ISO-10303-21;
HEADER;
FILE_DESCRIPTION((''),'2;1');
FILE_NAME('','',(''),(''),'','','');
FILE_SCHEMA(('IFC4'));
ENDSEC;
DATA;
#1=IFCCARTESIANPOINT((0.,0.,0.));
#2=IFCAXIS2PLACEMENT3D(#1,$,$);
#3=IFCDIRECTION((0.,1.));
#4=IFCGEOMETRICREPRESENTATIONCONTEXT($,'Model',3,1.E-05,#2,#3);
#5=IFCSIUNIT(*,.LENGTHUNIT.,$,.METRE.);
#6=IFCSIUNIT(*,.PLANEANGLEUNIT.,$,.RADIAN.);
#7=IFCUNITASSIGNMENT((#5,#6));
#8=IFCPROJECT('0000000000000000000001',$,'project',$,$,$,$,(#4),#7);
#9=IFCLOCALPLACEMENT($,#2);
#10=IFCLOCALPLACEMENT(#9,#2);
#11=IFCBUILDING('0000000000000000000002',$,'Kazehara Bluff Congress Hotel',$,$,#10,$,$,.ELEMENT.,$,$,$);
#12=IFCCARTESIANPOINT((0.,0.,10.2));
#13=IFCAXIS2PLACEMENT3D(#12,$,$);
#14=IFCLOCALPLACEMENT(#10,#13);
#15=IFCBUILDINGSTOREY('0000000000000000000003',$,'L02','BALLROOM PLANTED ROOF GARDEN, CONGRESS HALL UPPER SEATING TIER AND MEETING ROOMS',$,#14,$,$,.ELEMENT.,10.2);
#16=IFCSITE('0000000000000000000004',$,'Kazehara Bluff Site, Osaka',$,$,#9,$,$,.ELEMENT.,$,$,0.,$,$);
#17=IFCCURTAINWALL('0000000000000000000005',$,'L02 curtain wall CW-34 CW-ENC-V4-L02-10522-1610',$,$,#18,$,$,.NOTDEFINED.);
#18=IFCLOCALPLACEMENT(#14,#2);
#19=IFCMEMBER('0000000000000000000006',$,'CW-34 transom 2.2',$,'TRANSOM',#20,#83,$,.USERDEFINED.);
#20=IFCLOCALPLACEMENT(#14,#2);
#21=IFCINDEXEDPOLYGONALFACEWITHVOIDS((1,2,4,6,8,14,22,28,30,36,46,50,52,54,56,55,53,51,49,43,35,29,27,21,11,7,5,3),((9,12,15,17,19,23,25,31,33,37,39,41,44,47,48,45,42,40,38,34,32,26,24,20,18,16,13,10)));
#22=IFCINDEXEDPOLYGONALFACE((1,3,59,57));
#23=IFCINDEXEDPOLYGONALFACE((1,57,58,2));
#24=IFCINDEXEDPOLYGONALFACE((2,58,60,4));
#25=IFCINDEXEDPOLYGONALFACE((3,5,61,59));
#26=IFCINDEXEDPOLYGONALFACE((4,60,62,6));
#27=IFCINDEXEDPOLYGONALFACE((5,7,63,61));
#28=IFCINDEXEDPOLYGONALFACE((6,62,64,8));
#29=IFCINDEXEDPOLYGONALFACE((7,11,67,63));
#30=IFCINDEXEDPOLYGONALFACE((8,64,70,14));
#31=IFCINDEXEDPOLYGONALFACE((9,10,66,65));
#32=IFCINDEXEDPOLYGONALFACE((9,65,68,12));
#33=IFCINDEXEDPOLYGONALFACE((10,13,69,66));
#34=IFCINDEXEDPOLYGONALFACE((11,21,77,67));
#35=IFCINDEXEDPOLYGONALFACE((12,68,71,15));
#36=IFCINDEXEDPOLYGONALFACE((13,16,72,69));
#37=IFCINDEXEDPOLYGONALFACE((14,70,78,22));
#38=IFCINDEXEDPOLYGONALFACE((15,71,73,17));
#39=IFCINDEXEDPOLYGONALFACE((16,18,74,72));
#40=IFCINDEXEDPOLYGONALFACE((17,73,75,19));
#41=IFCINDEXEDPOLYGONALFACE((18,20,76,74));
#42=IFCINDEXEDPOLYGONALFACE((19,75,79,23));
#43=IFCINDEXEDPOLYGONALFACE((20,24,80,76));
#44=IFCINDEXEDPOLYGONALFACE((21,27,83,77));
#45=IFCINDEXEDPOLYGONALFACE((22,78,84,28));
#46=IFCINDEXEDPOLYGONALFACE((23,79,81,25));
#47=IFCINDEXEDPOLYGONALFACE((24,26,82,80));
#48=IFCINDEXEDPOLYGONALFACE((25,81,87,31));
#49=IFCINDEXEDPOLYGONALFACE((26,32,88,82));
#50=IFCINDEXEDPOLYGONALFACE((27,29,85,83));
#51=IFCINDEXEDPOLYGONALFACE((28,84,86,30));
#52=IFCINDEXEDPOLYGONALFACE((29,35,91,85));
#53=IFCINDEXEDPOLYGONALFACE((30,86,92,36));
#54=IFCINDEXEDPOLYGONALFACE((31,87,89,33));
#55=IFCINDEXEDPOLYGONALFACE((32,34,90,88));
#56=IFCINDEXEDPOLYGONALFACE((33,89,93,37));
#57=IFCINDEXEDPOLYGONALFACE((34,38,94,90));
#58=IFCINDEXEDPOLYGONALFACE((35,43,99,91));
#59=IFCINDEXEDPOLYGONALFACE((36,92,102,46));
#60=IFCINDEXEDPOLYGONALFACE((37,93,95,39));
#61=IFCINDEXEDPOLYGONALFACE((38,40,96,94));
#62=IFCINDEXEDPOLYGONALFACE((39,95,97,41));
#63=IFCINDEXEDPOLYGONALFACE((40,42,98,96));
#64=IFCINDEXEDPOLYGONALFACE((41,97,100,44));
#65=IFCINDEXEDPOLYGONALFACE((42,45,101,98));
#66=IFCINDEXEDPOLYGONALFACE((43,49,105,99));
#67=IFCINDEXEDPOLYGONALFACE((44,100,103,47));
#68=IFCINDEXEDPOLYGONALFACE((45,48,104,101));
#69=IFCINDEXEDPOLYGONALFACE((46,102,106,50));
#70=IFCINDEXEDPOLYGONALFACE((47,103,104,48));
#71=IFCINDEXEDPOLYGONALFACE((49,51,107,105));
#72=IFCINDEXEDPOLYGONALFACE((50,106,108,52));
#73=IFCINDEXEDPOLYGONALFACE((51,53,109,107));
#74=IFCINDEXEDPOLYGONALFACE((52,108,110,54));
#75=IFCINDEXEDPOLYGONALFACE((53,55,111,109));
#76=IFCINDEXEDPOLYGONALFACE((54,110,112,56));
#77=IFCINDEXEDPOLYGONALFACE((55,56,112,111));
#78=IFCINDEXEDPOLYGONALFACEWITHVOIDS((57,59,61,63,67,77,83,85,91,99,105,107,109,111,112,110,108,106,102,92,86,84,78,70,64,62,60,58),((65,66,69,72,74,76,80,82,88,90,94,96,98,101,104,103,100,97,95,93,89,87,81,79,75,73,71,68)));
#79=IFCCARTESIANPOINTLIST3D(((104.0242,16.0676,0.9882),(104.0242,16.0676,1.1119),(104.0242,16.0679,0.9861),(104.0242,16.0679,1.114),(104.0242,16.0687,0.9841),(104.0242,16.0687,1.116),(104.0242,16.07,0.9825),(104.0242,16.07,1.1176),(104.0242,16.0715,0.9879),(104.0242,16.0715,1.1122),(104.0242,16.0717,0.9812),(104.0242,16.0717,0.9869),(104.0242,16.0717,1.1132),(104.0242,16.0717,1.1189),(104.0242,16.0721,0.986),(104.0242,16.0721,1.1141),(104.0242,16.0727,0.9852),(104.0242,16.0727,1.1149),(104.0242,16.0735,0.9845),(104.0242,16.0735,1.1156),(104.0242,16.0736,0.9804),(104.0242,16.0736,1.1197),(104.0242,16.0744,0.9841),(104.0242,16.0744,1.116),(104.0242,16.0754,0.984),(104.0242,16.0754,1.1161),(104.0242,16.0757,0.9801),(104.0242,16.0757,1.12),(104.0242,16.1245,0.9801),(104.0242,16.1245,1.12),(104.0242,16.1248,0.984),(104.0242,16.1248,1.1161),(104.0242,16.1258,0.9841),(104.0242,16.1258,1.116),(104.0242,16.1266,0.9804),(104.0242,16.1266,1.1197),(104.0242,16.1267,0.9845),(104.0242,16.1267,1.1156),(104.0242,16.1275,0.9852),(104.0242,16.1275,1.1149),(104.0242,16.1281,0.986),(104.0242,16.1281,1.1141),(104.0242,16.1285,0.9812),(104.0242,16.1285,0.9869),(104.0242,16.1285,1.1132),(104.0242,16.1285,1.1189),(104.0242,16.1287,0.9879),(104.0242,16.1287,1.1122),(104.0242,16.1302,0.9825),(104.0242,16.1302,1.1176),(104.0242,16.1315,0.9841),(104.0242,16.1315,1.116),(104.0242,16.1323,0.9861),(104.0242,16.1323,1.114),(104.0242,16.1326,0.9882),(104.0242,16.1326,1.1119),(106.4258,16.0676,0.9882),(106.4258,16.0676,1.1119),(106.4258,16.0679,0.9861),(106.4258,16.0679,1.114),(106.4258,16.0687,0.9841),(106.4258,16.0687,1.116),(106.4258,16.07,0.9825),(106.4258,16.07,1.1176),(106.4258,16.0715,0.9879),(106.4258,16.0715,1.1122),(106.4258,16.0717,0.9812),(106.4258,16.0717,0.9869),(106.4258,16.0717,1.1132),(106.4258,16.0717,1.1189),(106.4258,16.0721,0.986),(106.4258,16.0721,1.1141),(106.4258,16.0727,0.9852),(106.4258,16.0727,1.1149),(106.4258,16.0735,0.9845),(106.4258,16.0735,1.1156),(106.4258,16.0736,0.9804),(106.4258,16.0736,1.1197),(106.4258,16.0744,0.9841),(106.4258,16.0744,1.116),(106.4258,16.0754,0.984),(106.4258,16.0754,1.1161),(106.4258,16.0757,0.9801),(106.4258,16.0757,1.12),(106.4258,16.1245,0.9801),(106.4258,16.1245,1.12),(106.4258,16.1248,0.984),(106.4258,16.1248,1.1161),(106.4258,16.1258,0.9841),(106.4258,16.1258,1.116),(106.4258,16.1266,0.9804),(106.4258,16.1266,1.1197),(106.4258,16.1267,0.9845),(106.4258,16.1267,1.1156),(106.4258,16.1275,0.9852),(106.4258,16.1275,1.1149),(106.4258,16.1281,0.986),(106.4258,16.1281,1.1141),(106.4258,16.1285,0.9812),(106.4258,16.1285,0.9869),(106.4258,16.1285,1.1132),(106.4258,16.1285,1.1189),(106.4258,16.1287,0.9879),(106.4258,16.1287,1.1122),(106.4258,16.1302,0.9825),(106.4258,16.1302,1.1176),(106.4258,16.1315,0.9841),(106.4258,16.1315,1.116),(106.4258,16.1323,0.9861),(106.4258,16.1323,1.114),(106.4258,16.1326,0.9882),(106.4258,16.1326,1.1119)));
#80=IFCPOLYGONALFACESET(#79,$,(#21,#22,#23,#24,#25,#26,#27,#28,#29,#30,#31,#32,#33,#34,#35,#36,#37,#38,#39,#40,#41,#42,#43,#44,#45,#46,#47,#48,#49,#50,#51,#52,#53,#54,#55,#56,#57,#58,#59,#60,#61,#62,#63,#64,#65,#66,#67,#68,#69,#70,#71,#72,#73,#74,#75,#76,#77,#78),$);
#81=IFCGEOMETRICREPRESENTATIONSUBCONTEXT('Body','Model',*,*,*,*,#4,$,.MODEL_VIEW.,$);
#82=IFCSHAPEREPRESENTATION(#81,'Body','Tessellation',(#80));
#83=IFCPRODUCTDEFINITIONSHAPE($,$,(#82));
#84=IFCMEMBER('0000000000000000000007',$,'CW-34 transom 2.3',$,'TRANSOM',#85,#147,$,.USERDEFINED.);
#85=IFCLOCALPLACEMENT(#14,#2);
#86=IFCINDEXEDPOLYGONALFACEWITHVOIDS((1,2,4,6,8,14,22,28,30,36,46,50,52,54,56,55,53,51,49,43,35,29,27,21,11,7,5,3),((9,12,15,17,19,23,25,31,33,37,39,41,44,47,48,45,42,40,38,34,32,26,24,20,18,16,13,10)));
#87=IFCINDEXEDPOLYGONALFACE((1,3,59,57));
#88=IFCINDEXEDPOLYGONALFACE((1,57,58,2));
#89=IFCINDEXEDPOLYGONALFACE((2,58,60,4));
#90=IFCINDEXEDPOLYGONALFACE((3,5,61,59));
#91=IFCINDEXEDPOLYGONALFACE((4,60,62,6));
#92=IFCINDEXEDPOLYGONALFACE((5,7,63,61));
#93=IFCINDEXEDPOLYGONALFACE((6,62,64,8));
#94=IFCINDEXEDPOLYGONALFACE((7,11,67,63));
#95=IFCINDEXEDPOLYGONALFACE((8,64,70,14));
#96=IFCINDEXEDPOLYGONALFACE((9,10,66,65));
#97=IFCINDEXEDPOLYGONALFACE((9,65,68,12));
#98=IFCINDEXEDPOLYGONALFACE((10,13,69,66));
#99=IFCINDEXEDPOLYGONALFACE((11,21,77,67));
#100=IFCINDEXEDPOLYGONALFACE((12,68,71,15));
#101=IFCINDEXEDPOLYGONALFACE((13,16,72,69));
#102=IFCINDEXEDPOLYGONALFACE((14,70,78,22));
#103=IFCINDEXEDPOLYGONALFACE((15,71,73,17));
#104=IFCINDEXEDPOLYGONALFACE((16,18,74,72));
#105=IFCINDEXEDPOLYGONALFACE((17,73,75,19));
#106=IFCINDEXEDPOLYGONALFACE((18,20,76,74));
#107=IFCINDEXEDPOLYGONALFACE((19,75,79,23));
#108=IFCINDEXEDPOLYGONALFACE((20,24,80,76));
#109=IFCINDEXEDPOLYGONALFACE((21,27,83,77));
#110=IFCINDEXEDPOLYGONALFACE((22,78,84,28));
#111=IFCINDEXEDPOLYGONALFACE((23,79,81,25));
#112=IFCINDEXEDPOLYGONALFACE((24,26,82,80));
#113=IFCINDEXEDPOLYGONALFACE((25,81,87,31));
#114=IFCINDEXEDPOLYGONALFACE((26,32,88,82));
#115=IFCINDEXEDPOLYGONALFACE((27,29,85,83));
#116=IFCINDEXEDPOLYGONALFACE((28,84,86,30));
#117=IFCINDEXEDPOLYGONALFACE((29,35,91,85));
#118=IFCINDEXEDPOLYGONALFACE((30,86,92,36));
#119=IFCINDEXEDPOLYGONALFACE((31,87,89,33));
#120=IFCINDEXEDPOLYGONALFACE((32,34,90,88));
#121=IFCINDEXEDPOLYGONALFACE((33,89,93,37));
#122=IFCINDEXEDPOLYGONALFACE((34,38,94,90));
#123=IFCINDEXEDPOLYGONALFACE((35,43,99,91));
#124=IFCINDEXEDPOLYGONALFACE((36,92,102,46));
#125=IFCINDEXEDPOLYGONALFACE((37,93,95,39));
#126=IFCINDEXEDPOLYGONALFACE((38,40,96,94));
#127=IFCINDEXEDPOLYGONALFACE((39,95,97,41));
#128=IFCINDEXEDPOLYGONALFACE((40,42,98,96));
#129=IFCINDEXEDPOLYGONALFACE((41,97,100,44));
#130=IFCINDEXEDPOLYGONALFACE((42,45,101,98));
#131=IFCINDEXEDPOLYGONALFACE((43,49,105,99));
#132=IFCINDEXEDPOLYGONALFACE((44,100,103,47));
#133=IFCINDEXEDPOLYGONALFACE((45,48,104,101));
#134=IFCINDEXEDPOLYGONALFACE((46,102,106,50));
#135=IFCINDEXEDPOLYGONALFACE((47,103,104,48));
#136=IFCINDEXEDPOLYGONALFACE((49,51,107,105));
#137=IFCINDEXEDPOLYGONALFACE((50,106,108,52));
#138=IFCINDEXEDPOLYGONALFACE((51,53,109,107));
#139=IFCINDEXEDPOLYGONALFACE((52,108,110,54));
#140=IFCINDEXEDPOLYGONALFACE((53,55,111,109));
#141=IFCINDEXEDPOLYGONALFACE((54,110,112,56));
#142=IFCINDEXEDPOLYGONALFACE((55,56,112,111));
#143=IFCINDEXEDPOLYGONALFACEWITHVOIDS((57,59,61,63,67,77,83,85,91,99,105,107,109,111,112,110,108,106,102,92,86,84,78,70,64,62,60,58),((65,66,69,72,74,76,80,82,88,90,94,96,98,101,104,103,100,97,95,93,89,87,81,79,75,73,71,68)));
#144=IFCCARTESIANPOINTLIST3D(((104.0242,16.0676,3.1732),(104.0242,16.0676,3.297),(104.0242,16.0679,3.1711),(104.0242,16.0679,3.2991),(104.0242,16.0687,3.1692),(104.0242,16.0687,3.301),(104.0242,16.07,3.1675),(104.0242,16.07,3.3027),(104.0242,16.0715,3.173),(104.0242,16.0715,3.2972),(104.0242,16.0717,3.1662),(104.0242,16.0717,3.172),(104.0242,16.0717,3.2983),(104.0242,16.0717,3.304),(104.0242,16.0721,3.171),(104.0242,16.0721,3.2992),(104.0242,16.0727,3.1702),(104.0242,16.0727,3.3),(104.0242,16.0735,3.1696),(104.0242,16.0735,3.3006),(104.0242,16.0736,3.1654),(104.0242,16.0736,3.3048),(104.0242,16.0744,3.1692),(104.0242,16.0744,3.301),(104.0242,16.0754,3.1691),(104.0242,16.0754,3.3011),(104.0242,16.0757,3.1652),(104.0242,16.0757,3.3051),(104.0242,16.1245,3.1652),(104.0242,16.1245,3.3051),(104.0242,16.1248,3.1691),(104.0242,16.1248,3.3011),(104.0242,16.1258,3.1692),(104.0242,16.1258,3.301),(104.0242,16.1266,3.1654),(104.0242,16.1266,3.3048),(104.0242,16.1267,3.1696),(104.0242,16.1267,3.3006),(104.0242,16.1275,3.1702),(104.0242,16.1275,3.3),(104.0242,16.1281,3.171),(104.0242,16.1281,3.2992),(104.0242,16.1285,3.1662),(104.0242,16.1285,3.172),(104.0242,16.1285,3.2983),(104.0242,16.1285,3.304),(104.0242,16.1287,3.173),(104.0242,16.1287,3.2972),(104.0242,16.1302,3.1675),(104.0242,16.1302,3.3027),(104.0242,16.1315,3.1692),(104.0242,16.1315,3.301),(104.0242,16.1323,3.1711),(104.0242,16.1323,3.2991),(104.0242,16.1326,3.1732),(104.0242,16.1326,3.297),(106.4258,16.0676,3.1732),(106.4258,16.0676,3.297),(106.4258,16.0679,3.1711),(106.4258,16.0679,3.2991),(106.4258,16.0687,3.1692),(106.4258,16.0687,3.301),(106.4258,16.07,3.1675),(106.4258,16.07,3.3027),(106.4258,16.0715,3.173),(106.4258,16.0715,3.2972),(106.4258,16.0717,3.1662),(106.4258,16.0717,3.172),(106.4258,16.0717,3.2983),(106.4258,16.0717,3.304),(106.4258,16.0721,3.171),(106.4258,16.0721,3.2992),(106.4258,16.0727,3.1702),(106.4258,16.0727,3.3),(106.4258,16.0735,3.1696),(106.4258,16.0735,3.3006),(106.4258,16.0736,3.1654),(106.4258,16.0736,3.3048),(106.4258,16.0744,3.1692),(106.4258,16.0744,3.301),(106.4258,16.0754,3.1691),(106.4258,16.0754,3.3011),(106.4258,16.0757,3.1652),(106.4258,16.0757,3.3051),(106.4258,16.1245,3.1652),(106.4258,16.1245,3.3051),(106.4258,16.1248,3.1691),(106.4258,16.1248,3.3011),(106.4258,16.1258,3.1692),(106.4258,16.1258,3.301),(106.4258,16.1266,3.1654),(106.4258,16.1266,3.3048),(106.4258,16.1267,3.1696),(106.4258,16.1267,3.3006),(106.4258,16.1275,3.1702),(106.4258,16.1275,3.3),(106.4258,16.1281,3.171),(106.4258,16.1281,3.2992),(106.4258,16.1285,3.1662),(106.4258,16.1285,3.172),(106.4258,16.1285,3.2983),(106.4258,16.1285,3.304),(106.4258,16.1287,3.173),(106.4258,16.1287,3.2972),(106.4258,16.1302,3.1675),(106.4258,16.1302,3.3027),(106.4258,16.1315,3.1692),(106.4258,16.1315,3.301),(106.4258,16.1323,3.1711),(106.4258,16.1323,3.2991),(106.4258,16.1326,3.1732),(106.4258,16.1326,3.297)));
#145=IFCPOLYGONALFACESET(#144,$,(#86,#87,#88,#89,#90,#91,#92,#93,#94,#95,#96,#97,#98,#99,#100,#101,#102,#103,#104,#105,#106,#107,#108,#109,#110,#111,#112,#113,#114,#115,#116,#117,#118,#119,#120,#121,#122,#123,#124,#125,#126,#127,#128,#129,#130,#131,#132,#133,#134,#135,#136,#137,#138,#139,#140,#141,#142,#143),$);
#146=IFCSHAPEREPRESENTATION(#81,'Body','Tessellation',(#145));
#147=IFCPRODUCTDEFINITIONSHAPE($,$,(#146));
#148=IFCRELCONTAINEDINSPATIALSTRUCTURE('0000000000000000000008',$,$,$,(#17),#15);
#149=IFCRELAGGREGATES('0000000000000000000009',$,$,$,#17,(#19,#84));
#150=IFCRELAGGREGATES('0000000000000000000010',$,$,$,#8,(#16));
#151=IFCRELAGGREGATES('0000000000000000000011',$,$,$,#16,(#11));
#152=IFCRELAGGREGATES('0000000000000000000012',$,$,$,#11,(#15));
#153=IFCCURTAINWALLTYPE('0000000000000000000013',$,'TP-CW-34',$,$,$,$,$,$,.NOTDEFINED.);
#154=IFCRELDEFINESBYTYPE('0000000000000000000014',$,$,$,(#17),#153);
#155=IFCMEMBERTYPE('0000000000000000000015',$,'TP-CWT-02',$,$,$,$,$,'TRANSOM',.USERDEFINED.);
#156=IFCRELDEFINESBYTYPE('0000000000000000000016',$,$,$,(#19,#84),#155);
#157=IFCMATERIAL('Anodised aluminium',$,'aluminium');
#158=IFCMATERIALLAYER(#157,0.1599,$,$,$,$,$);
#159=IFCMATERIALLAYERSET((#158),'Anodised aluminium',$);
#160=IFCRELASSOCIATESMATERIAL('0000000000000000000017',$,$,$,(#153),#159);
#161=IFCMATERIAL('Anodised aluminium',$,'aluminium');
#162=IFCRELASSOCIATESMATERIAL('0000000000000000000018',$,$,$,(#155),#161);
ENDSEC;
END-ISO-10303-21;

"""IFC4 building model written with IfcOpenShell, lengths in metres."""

from ifc_helpers import new_model, si_unit, direction, frame, origin, origin_2d, place, context, subcontext, project, spatial, hollow_rectangle, extrude, material, layer, layer_set, material_profile, profile_set, type_object, element, aggregate, save


model = new_model("IFC4")

# Units and contexts
model_context = context("Model", 3, precision=1e-05, world=origin(), true_north=direction((0.0, 1.0)))
body_context = subcontext(model_context, "Body", "Model", "MODEL_VIEW")
ifc_project = project(units=[si_unit("LENGTHUNIT", "METRE"), si_unit("PLANEANGLEUNIT", "RADIAN")], contexts=[model_context])

# Site, building, storey
site_placement = place(None, origin())
site = spatial("IfcSite", under=ifc_project, at=site_placement, Name="Kazehara Bluff Site, Osaka", CompositionType="ELEMENT", RefElevation=0.0)
building_placement = place(site_placement, origin())
building = spatial("IfcBuilding", under=site, at=building_placement, Name="Kazehara Bluff Congress Hotel", CompositionType="ELEMENT")
storey_placement = place(building_placement, frame((0.0, 0.0, 10.2)))
storey = spatial("IfcBuildingStorey", under=building, at=storey_placement, Name="L02", Description="BALLROOM PLANTED ROOF GARDEN, CONGRESS HALL UPPER SEATING TIER AND MEETING ROOMS", CompositionType="ELEMENT", Elevation=10.2)

# Curtain wall, members
ifc_material_1 = material(Name="Anodised aluminium", Category="aluminium")
ifc_layer_1 = layer(ifc_material_1, 0.1599)
ifc_layer_set_1 = layer_set([ifc_layer_1], Name="Anodised aluminium")
curtain_wall_type = type_object("IfcCurtainWallType", Name="TP-CW-34", PredefinedType="NOTDEFINED", material=ifc_layer_set_1)
curtain_wall_placement = place(storey_placement, origin())
curtain_wall = element("IfcCurtainWall", 1, at=curtain_wall_placement, inside=storey, type_object=curtain_wall_type, Name="L02 curtain wall CW-34 CW-ENC-V4-L02-10522-1610", PredefinedType="NOTDEFINED")
ifc_material_2 = material(Name="Anodised aluminium", Category="aluminium")
ifc_material_profile_1 = material_profile(ifc_material_2, hollow_rectangle(XDim=0.0649, YDim=0.1399, WallThickness=0.0039, InnerFilletRadius=0.0039, OuterFilletRadius=0.0081, at=origin_2d()))
ifc_profile_set_1 = profile_set([ifc_material_profile_1], Name="Anodised aluminium")
member_type_1 = type_object("IfcMemberType", Name="TP-CWT-02", ElementType="TRANSOM", PredefinedType="USERDEFINED", material=ifc_profile_set_1)
member_1_placement = place(storey_placement, frame((106.4258, 16.1001, 1.05), z_axis=(-1.0, 0.0, 0.0), x_axis=(0.0, -1.0, 0.0)))
member_1 = element("IfcMember", 2, at=member_1_placement, type_object=member_type_1, Name="CW-34 transom 2.2", ObjectType="TRANSOM", PredefinedType="USERDEFINED", context=body_context, shape_type="SweptSolid", body=[
    extrude(hollow_rectangle(XDim=0.0649, YDim=0.1399, WallThickness=0.0039, InnerFilletRadius=0.0039, OuterFilletRadius=0.0081, at=origin_2d()), origin(), (0.0, 0.0, 1.0), 2.4016),
])
member_2_placement = place(storey_placement, frame((106.4258, 16.1001, 3.2351), z_axis=(-1.0, 0.0, 0.0), x_axis=(0.0, -1.0, 0.0)))
member_2 = element("IfcMember", 3, at=member_2_placement, type_object=member_type_1, Name="CW-34 transom 2.3", ObjectType="TRANSOM", PredefinedType="USERDEFINED", context=body_context, shape_type="SweptSolid", body=[
    extrude(hollow_rectangle(XDim=0.0649, YDim=0.1399, WallThickness=0.0039, InnerFilletRadius=0.0039, OuterFilletRadius=0.0081, at=origin_2d()), origin(), (0.0, 0.0, 1.0), 2.4016),
])

aggregate(curtain_wall, [member_1, member_2])

save(model, "model.ifc")
